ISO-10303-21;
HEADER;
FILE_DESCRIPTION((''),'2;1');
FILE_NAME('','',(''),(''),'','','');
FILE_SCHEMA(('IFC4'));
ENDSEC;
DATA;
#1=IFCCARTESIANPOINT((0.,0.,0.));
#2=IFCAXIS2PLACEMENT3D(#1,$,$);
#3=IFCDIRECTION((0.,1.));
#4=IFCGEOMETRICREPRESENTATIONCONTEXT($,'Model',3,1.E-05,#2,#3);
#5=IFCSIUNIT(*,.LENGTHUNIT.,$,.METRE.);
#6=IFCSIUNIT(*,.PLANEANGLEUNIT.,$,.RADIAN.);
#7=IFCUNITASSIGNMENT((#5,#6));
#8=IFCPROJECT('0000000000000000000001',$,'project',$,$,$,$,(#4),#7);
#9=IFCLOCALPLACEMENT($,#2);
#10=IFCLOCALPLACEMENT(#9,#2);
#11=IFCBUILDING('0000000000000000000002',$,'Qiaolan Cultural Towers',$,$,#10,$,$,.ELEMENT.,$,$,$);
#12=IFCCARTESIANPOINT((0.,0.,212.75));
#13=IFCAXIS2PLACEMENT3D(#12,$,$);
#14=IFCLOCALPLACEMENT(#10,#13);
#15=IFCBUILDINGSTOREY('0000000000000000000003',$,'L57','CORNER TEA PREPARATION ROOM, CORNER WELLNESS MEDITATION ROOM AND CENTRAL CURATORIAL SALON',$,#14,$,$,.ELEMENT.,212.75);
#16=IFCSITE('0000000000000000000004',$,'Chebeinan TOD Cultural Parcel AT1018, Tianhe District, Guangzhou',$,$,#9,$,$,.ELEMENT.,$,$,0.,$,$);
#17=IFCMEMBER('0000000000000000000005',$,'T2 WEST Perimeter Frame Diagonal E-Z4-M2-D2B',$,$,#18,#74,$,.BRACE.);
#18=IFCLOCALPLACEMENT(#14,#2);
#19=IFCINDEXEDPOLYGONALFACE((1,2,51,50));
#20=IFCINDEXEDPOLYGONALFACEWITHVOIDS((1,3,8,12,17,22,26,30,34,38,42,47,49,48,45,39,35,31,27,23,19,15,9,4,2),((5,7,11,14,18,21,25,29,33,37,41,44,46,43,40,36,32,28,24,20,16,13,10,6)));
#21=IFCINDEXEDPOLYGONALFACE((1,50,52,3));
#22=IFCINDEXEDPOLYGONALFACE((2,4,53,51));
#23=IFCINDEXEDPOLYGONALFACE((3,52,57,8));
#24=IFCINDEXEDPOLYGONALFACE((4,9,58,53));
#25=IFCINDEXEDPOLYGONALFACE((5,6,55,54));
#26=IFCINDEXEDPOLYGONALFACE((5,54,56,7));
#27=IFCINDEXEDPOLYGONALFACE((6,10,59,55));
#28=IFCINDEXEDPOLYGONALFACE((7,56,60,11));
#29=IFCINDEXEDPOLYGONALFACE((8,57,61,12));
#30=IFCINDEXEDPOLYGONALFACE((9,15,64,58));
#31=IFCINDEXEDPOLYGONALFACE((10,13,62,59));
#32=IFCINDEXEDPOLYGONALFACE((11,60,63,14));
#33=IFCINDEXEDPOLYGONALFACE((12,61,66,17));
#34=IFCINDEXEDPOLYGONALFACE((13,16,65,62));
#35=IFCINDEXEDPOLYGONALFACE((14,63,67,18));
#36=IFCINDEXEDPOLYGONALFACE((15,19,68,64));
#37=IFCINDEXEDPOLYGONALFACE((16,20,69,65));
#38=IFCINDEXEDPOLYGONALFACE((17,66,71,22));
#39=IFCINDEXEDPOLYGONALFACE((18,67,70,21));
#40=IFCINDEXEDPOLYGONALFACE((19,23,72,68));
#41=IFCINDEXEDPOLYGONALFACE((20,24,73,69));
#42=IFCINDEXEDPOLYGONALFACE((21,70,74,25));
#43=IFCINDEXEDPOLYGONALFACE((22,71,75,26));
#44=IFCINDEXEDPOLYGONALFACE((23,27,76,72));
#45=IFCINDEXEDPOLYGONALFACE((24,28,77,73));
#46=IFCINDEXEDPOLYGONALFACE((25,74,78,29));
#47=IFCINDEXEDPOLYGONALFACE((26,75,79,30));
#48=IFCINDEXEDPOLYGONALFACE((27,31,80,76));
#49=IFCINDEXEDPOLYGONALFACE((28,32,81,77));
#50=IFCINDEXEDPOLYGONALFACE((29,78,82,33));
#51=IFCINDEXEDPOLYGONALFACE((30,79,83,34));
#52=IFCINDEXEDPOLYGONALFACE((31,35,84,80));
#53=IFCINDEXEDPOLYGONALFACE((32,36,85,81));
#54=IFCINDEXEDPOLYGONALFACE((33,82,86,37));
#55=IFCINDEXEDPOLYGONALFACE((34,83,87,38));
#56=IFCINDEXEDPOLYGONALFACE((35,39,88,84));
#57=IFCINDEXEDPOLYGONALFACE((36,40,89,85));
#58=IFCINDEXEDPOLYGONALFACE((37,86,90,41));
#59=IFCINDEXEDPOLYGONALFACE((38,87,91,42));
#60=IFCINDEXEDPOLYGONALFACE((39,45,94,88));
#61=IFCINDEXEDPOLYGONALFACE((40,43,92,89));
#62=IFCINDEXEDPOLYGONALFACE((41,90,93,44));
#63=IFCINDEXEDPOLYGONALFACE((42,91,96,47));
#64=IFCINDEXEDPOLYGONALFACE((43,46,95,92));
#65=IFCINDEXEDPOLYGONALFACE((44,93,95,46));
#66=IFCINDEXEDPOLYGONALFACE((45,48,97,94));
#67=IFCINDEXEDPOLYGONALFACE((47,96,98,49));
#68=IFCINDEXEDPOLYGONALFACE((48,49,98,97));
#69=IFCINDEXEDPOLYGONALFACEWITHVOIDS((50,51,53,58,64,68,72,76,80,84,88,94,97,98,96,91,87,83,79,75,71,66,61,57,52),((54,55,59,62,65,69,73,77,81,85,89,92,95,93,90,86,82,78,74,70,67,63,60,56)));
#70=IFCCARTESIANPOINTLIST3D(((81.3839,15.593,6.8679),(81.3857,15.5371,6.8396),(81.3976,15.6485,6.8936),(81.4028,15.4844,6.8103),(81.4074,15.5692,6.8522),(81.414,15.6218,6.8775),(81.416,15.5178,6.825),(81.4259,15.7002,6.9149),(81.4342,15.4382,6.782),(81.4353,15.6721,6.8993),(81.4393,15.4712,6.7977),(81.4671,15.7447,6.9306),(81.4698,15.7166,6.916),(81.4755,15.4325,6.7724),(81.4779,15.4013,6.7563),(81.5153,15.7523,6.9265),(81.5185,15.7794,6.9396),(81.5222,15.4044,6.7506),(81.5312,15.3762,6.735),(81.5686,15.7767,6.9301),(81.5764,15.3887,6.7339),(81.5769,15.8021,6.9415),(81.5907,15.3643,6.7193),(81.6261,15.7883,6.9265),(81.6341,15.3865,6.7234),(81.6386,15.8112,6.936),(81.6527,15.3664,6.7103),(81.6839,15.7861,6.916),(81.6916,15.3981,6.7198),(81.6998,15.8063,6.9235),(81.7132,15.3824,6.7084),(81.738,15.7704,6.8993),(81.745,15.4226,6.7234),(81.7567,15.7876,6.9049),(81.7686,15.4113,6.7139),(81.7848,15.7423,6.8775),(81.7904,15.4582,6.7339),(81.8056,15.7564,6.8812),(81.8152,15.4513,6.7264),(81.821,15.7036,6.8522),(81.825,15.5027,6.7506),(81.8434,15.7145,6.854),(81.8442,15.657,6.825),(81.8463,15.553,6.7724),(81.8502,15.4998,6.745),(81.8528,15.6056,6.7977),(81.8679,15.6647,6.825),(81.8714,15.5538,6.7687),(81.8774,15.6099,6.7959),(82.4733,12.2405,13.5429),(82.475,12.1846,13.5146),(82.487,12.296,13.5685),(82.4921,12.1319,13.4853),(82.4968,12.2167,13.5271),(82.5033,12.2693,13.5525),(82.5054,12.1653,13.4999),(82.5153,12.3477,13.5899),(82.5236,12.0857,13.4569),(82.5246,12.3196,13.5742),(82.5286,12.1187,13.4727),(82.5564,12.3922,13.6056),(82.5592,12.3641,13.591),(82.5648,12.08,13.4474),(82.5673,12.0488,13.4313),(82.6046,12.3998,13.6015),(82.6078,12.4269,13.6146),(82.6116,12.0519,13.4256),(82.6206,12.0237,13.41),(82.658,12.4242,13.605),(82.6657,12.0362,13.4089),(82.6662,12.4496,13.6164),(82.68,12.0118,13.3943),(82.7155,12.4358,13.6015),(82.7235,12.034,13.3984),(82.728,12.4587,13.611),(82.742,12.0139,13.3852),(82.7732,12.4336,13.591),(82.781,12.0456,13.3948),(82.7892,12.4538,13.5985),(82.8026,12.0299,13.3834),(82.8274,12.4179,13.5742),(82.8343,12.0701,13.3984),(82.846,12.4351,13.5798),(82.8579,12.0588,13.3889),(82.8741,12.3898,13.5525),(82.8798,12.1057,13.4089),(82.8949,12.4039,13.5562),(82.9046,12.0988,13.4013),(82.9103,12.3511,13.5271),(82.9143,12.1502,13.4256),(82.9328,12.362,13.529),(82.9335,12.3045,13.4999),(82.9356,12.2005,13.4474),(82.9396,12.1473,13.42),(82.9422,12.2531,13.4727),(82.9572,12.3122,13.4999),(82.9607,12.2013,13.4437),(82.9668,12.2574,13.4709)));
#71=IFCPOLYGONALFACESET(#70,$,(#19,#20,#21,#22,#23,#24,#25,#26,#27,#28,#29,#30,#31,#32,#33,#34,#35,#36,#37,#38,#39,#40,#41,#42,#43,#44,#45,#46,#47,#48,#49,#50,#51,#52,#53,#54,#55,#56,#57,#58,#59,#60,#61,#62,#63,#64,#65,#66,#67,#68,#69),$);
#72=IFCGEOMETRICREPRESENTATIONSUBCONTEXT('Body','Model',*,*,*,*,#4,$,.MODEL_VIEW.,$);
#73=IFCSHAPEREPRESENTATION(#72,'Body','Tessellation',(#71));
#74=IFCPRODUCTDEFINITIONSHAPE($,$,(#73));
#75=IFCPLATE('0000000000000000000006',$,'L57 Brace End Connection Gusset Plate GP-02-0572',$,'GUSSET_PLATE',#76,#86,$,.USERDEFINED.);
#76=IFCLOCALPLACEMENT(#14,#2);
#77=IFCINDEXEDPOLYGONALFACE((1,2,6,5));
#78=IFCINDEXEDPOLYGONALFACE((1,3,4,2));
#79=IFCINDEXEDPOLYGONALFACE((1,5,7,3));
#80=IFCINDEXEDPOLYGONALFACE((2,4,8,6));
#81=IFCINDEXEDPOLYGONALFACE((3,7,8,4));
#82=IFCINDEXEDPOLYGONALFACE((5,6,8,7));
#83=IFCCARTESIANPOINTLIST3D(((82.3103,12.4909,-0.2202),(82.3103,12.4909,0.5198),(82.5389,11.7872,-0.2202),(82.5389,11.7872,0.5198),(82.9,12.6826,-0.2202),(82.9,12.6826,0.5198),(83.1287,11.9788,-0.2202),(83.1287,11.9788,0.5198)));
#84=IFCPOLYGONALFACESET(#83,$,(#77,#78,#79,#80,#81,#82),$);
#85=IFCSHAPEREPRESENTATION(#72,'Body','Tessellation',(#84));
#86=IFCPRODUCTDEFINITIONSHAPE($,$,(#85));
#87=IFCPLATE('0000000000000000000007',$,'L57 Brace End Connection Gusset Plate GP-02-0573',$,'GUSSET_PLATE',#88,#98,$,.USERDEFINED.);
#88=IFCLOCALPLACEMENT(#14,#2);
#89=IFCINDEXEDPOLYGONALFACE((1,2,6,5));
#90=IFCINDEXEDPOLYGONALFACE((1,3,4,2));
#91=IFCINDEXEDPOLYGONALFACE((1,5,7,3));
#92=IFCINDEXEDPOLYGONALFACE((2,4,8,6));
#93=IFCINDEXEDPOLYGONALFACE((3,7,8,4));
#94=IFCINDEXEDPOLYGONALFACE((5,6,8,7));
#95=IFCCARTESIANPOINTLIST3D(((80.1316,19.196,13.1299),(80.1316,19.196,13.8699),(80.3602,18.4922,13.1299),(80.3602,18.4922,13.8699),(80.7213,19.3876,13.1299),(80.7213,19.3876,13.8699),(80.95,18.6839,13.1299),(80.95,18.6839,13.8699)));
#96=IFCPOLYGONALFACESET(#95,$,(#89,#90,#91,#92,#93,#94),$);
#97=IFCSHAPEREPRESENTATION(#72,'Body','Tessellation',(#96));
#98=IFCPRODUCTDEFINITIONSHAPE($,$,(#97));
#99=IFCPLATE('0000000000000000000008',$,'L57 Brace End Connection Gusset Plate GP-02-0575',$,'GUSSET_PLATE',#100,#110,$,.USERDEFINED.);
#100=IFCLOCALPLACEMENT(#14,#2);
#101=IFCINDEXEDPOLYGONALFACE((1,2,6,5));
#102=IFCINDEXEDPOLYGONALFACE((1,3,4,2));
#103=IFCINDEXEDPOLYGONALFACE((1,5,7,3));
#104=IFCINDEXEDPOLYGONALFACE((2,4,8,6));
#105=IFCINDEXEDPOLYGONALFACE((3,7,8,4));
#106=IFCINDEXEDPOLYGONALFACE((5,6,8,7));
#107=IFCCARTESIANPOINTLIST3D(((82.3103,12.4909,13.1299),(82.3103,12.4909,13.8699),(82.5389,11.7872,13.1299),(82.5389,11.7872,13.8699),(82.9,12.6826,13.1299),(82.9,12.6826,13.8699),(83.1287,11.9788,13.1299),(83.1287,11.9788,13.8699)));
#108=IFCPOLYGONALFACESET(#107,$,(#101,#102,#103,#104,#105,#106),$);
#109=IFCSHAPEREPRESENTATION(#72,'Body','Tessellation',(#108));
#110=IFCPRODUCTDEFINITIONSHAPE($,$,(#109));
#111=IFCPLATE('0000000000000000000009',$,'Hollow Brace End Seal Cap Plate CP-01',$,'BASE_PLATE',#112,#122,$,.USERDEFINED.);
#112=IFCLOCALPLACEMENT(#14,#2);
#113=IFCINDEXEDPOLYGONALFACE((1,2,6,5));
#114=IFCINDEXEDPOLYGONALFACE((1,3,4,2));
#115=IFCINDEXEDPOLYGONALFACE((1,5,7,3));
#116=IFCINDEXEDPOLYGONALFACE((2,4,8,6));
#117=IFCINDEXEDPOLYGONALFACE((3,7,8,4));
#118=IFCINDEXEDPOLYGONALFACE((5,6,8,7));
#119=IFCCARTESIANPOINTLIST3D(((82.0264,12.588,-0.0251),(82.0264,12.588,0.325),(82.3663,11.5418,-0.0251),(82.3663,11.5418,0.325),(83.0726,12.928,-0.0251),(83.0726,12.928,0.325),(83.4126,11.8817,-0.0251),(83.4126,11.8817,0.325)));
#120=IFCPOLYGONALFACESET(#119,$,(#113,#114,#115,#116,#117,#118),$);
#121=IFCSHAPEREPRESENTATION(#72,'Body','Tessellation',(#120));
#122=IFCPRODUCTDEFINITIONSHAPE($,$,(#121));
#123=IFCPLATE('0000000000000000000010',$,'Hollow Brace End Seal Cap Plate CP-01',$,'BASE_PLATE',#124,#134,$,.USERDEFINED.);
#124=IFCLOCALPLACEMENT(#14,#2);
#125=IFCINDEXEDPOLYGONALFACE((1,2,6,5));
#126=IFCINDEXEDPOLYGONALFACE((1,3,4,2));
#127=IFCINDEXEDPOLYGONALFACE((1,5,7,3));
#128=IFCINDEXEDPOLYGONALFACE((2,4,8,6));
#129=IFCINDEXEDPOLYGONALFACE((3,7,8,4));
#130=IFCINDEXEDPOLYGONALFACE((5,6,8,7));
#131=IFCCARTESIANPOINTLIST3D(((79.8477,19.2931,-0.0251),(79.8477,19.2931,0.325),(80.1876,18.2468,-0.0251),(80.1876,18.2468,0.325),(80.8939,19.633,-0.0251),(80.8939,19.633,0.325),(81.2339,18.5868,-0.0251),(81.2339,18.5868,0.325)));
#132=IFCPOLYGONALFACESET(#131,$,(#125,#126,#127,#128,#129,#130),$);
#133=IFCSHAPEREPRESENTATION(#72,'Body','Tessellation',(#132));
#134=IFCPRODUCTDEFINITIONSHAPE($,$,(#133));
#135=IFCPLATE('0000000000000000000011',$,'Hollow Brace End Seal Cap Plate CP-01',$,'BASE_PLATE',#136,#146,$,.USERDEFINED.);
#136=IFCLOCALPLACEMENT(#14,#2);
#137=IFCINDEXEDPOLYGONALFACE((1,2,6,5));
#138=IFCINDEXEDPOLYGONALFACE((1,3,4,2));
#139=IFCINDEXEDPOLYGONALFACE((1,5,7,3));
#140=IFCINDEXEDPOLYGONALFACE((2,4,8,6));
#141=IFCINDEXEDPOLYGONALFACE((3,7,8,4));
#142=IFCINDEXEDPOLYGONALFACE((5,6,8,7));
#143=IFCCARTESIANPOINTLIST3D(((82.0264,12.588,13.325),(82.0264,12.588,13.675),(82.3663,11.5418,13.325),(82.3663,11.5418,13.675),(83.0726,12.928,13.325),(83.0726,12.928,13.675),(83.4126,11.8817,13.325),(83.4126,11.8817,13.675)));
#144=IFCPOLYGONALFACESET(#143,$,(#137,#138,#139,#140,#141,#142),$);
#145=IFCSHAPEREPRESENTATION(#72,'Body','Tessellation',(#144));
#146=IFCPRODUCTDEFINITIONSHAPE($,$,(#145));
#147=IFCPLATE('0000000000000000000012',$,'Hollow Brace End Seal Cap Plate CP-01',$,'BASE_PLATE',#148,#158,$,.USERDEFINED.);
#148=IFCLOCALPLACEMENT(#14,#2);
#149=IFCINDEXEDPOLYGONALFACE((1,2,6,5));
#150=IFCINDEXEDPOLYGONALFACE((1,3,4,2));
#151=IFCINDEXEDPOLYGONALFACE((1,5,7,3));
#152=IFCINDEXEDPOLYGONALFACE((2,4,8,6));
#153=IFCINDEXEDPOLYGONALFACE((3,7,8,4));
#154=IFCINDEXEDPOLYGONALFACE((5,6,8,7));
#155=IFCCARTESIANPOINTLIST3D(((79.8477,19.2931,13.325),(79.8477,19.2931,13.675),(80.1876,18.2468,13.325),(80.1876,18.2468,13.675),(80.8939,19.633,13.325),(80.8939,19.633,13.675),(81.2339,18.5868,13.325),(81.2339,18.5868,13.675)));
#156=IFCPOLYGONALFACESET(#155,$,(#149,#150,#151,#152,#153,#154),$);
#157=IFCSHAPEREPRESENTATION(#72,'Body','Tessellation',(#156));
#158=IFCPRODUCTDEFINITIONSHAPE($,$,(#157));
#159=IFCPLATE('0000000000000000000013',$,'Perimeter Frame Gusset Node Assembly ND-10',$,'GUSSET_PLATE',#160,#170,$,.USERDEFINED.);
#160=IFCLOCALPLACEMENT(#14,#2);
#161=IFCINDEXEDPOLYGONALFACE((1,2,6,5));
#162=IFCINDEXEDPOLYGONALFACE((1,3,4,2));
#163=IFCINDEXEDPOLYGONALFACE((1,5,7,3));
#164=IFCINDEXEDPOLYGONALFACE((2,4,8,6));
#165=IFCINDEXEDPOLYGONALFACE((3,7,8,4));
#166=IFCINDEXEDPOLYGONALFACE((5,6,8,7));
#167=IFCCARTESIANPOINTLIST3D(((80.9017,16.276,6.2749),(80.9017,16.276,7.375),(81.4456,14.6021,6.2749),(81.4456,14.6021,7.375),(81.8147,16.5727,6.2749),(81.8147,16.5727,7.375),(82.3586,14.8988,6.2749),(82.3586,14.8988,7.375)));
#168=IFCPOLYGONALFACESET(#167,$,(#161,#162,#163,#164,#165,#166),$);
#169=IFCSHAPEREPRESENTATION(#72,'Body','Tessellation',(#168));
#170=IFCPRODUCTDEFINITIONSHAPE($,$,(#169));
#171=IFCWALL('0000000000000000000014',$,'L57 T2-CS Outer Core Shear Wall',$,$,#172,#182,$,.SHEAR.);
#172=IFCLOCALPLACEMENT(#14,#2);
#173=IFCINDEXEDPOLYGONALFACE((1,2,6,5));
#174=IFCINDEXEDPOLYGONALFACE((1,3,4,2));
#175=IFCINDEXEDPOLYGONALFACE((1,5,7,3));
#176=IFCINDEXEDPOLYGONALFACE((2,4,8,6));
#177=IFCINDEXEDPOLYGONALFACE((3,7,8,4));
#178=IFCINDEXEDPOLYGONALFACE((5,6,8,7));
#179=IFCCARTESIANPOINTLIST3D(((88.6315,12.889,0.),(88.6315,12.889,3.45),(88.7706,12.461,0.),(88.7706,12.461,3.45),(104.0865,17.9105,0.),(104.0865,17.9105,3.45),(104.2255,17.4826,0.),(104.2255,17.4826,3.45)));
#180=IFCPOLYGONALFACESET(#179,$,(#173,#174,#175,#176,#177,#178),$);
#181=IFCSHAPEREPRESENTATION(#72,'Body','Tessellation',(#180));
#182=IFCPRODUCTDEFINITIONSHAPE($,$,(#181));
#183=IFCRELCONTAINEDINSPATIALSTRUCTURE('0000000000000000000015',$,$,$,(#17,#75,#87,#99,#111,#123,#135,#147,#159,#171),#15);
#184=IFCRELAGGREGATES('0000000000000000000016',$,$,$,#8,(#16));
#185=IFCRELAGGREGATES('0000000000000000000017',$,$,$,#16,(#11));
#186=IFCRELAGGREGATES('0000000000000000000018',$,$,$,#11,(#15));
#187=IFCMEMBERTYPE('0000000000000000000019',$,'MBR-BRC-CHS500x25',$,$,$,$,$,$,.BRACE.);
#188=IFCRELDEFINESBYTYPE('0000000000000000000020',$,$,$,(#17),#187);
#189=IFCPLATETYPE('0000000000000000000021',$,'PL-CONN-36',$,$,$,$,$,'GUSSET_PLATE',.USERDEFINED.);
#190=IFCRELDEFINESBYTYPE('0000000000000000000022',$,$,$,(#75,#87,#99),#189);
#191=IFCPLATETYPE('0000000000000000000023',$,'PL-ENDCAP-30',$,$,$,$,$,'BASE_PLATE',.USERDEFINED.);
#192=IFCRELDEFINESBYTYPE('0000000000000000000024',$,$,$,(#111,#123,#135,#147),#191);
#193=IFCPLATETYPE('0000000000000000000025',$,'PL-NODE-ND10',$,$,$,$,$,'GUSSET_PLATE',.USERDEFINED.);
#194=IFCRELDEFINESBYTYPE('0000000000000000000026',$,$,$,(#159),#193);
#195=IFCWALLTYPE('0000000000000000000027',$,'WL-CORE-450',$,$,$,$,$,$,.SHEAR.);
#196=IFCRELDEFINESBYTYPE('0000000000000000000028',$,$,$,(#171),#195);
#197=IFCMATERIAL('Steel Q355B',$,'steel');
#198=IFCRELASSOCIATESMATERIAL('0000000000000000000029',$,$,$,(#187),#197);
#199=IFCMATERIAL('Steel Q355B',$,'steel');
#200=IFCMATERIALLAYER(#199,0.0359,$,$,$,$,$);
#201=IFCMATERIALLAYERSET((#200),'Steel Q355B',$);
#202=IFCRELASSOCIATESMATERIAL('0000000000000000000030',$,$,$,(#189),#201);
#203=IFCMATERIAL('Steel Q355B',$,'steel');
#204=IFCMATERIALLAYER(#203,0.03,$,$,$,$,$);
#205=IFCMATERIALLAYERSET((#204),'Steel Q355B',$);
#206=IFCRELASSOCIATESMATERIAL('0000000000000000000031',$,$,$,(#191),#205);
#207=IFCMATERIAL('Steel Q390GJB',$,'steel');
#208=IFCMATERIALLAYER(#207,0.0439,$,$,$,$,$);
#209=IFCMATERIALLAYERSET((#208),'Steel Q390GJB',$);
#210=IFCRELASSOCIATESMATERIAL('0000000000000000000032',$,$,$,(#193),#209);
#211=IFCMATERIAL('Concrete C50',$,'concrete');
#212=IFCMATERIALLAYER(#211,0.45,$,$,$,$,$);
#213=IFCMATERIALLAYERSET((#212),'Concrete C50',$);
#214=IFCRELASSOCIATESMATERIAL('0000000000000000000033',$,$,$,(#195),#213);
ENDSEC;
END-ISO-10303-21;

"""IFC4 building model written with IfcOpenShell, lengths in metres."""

from ifc_helpers import new_model, si_unit, direction, frame, frame_2d, origin, origin_2d, place, context, subcontext, project, spatial, rectangle, hollow_circle, extrude, material, layer, layer_set, material_profile, profile_set, type_object, element, save


model = new_model("IFC4")

# Units and contexts
model_context = context("Model", 3, precision=1e-05, world=origin(), true_north=direction((0.0, 1.0)))
body_context = subcontext(model_context, "Body", "Model", "MODEL_VIEW")
ifc_project = project(units=[si_unit("LENGTHUNIT", "METRE"), si_unit("PLANEANGLEUNIT", "RADIAN")], contexts=[model_context])

# Site, building, storey
site_placement = place(None, origin())
site = spatial("IfcSite", under=ifc_project, at=site_placement, Name="Chebeinan TOD Cultural Parcel AT1018, Tianhe District, Guangzhou", CompositionType="ELEMENT", RefElevation=0.0)
building_placement = place(site_placement, origin())
building = spatial("IfcBuilding", under=site, at=building_placement, Name="Qiaolan Cultural Towers", CompositionType="ELEMENT")
storey_placement = place(building_placement, frame((0.0, 0.0, 212.75)))
storey = spatial("IfcBuildingStorey", under=building, at=storey_placement, Name="L57", Description="CORNER TEA PREPARATION ROOM, CORNER WELLNESS MEDITATION ROOM AND CENTRAL CURATORIAL SALON", CompositionType="ELEMENT", Elevation=212.75)

# Member
ifc_material_1 = material(Name="Steel Q355B", Category="steel")
ifc_material_profile_1 = material_profile(ifc_material_1, hollow_circle(Radius=0.25, WallThickness=0.0249, at=origin_2d()), Name="CHS500x25")
ifc_profile_set_1 = profile_set([ifc_material_profile_1], Name="Steel Q355B")
member_type = type_object("IfcMemberType", Name="MBR-BRC-CHS500x25", PredefinedType="BRACE", material=ifc_profile_set_1)
for number, where, z_axis, x_axis, name in (
    (1, (81.6301, 15.5874, 6.825), (0.144311, -0.444123, 0.884268), (0.951052, 0.30903, 0.0), "T2 WEST Perimeter Frame Diagonal E-Z4-M2-D2B"),
):
    element("IfcMember", number, at=place(storey_placement, frame(where, z_axis=z_axis, x_axis=x_axis)), inside=storey, type_object=member_type, Name=name, PredefinedType="BRACE", context=body_context, shape_type="SweptSolid", body=[
        extrude(hollow_circle(Radius=0.25, WallThickness=0.0249, at=origin_2d()), origin(), (0.0, 0.0, 1.0), 7.5486),
    ])

# Plates
ifc_material_2 = material(Name="Steel Q355B", Category="steel")
ifc_layer_1 = layer(ifc_material_2, 0.0359)
ifc_layer_set_1 = layer_set([ifc_layer_1], Name="Steel Q355B")
plate_type_1 = type_object("IfcPlateType", Name="PL-CONN-36", ElementType="GUSSET_PLATE", PredefinedType="USERDEFINED", material=ifc_layer_set_1)
for number, where, z_axis, x_axis, name in (
    (2, (82.7195, 12.2349, -0.2202), (0.0, 0.0, 1.0), (-0.309017, 0.951057, 0.0), "L57 Brace End Connection Gusset Plate GP-02-0572"),
    (3, (80.5408, 18.9399, 13.1299), (0.0, 0.0, 1.0), (-0.309017, 0.951057, 0.0), "L57 Brace End Connection Gusset Plate GP-02-0573"),
    (4, (82.7195, 12.2349, 13.1299), (0.0, 0.0, 1.0), (-0.309017, 0.951057, 0.0), "L57 Brace End Connection Gusset Plate GP-02-0575"),
):
    element("IfcPlate", number, at=place(storey_placement, frame(where, z_axis=z_axis, x_axis=x_axis)), inside=storey, type_object=plate_type_1, Name=name, ObjectType="GUSSET_PLATE", PredefinedType="USERDEFINED", context=body_context, shape_type="SweptSolid", body=[
        extrude(rectangle(XDim=0.74, YDim=0.6201, at=origin_2d()), origin(), (0.0, 0.0, 1.0), 0.74),
    ])
ifc_material_3 = material(Name="Steel Q355B", Category="steel")
ifc_layer_2 = layer(ifc_material_3, 0.03)
ifc_layer_set_2 = layer_set([ifc_layer_2], Name="Steel Q355B")
plate_type_2 = type_object("IfcPlateType", Name="PL-ENDCAP-30", ElementType="BASE_PLATE", PredefinedType="USERDEFINED", material=ifc_layer_set_2)
for number, where, z_axis, x_axis, name in (
    (5, (82.7195, 12.2349, -0.0251), (0.0, 0.0, 1.0), (-0.309017, 0.951057, 0.0), "Hollow Brace End Seal Cap Plate CP-01"),
    (6, (80.5408, 18.9399, -0.0251), (0.0, 0.0, 1.0), (-0.309017, 0.951057, 0.0), "Hollow Brace End Seal Cap Plate CP-01"),
    (7, (82.7195, 12.2349, 13.325), (0.0, 0.0, 1.0), (-0.309017, 0.951057, 0.0), "Hollow Brace End Seal Cap Plate CP-01"),
    (8, (80.5408, 18.9399, 13.325), (0.0, 0.0, 1.0), (-0.309017, 0.951057, 0.0), "Hollow Brace End Seal Cap Plate CP-01"),
):
    element("IfcPlate", number, at=place(storey_placement, frame(where, z_axis=z_axis, x_axis=x_axis)), inside=storey, type_object=plate_type_2, Name=name, ObjectType="BASE_PLATE", PredefinedType="USERDEFINED", context=body_context, shape_type="SweptSolid", body=[
        extrude(rectangle(XDim=1.1001, YDim=1.1001, at=origin_2d()), origin(), (0.0, 0.0, 1.0), 0.3501),
    ])
ifc_material_4 = material(Name="Steel Q390GJB", Category="steel")
ifc_layer_3 = layer(ifc_material_4, 0.0439)
ifc_layer_set_3 = layer_set([ifc_layer_3], Name="Steel Q390GJB")
plate_type_3 = type_object("IfcPlateType", Name="PL-NODE-ND10", ElementType="GUSSET_PLATE", PredefinedType="USERDEFINED", material=ifc_layer_set_3)
plate_placement = place(storey_placement, frame((81.6301, 15.5874, 6.2749), z_axis=(0.0, 0.0, 1.0), x_axis=(-0.309017, 0.951057, 0.0)))
element("IfcPlate", 9, at=plate_placement, inside=storey, type_object=plate_type_3, Name="Perimeter Frame Gusset Node Assembly ND-10", ObjectType="GUSSET_PLATE", PredefinedType="USERDEFINED", context=body_context, shape_type="SweptSolid", body=[
    extrude(rectangle(XDim=1.76, YDim=0.96, at=origin_2d()), origin(), (0.0, 0.0, 1.0), 1.1001),
])

# Wall
ifc_material_5 = material(Name="Concrete C50", Category="concrete")
ifc_layer_4 = layer(ifc_material_5, 0.45)
ifc_layer_set_4 = layer_set([ifc_layer_4], Name="Concrete C50")
wall_type_1 = type_object("IfcWallType", Name="WL-CORE-450", PredefinedType="SHEAR", material=ifc_layer_set_4)
wall_1_placement = place(storey_placement, frame((88.7012, 12.675, 0.0), z_axis=(0.0, 0.0, 1.0), x_axis=(0.951058, 0.309012, 0.0)))
element("IfcWall", 10, at=wall_1_placement, inside=storey, type_object=wall_type_1, Name="L57 T2-CS Outer Core Shear Wall", PredefinedType="SHEAR", context=body_context, shape_type="SweptSolid", body=[
    extrude(rectangle(XDim=16.2502, YDim=0.45, at=frame_2d((8.125, 0.0))), origin(), (0.0, 0.0, 1.0), 3.45),
])

save(model, "model.ifc")
